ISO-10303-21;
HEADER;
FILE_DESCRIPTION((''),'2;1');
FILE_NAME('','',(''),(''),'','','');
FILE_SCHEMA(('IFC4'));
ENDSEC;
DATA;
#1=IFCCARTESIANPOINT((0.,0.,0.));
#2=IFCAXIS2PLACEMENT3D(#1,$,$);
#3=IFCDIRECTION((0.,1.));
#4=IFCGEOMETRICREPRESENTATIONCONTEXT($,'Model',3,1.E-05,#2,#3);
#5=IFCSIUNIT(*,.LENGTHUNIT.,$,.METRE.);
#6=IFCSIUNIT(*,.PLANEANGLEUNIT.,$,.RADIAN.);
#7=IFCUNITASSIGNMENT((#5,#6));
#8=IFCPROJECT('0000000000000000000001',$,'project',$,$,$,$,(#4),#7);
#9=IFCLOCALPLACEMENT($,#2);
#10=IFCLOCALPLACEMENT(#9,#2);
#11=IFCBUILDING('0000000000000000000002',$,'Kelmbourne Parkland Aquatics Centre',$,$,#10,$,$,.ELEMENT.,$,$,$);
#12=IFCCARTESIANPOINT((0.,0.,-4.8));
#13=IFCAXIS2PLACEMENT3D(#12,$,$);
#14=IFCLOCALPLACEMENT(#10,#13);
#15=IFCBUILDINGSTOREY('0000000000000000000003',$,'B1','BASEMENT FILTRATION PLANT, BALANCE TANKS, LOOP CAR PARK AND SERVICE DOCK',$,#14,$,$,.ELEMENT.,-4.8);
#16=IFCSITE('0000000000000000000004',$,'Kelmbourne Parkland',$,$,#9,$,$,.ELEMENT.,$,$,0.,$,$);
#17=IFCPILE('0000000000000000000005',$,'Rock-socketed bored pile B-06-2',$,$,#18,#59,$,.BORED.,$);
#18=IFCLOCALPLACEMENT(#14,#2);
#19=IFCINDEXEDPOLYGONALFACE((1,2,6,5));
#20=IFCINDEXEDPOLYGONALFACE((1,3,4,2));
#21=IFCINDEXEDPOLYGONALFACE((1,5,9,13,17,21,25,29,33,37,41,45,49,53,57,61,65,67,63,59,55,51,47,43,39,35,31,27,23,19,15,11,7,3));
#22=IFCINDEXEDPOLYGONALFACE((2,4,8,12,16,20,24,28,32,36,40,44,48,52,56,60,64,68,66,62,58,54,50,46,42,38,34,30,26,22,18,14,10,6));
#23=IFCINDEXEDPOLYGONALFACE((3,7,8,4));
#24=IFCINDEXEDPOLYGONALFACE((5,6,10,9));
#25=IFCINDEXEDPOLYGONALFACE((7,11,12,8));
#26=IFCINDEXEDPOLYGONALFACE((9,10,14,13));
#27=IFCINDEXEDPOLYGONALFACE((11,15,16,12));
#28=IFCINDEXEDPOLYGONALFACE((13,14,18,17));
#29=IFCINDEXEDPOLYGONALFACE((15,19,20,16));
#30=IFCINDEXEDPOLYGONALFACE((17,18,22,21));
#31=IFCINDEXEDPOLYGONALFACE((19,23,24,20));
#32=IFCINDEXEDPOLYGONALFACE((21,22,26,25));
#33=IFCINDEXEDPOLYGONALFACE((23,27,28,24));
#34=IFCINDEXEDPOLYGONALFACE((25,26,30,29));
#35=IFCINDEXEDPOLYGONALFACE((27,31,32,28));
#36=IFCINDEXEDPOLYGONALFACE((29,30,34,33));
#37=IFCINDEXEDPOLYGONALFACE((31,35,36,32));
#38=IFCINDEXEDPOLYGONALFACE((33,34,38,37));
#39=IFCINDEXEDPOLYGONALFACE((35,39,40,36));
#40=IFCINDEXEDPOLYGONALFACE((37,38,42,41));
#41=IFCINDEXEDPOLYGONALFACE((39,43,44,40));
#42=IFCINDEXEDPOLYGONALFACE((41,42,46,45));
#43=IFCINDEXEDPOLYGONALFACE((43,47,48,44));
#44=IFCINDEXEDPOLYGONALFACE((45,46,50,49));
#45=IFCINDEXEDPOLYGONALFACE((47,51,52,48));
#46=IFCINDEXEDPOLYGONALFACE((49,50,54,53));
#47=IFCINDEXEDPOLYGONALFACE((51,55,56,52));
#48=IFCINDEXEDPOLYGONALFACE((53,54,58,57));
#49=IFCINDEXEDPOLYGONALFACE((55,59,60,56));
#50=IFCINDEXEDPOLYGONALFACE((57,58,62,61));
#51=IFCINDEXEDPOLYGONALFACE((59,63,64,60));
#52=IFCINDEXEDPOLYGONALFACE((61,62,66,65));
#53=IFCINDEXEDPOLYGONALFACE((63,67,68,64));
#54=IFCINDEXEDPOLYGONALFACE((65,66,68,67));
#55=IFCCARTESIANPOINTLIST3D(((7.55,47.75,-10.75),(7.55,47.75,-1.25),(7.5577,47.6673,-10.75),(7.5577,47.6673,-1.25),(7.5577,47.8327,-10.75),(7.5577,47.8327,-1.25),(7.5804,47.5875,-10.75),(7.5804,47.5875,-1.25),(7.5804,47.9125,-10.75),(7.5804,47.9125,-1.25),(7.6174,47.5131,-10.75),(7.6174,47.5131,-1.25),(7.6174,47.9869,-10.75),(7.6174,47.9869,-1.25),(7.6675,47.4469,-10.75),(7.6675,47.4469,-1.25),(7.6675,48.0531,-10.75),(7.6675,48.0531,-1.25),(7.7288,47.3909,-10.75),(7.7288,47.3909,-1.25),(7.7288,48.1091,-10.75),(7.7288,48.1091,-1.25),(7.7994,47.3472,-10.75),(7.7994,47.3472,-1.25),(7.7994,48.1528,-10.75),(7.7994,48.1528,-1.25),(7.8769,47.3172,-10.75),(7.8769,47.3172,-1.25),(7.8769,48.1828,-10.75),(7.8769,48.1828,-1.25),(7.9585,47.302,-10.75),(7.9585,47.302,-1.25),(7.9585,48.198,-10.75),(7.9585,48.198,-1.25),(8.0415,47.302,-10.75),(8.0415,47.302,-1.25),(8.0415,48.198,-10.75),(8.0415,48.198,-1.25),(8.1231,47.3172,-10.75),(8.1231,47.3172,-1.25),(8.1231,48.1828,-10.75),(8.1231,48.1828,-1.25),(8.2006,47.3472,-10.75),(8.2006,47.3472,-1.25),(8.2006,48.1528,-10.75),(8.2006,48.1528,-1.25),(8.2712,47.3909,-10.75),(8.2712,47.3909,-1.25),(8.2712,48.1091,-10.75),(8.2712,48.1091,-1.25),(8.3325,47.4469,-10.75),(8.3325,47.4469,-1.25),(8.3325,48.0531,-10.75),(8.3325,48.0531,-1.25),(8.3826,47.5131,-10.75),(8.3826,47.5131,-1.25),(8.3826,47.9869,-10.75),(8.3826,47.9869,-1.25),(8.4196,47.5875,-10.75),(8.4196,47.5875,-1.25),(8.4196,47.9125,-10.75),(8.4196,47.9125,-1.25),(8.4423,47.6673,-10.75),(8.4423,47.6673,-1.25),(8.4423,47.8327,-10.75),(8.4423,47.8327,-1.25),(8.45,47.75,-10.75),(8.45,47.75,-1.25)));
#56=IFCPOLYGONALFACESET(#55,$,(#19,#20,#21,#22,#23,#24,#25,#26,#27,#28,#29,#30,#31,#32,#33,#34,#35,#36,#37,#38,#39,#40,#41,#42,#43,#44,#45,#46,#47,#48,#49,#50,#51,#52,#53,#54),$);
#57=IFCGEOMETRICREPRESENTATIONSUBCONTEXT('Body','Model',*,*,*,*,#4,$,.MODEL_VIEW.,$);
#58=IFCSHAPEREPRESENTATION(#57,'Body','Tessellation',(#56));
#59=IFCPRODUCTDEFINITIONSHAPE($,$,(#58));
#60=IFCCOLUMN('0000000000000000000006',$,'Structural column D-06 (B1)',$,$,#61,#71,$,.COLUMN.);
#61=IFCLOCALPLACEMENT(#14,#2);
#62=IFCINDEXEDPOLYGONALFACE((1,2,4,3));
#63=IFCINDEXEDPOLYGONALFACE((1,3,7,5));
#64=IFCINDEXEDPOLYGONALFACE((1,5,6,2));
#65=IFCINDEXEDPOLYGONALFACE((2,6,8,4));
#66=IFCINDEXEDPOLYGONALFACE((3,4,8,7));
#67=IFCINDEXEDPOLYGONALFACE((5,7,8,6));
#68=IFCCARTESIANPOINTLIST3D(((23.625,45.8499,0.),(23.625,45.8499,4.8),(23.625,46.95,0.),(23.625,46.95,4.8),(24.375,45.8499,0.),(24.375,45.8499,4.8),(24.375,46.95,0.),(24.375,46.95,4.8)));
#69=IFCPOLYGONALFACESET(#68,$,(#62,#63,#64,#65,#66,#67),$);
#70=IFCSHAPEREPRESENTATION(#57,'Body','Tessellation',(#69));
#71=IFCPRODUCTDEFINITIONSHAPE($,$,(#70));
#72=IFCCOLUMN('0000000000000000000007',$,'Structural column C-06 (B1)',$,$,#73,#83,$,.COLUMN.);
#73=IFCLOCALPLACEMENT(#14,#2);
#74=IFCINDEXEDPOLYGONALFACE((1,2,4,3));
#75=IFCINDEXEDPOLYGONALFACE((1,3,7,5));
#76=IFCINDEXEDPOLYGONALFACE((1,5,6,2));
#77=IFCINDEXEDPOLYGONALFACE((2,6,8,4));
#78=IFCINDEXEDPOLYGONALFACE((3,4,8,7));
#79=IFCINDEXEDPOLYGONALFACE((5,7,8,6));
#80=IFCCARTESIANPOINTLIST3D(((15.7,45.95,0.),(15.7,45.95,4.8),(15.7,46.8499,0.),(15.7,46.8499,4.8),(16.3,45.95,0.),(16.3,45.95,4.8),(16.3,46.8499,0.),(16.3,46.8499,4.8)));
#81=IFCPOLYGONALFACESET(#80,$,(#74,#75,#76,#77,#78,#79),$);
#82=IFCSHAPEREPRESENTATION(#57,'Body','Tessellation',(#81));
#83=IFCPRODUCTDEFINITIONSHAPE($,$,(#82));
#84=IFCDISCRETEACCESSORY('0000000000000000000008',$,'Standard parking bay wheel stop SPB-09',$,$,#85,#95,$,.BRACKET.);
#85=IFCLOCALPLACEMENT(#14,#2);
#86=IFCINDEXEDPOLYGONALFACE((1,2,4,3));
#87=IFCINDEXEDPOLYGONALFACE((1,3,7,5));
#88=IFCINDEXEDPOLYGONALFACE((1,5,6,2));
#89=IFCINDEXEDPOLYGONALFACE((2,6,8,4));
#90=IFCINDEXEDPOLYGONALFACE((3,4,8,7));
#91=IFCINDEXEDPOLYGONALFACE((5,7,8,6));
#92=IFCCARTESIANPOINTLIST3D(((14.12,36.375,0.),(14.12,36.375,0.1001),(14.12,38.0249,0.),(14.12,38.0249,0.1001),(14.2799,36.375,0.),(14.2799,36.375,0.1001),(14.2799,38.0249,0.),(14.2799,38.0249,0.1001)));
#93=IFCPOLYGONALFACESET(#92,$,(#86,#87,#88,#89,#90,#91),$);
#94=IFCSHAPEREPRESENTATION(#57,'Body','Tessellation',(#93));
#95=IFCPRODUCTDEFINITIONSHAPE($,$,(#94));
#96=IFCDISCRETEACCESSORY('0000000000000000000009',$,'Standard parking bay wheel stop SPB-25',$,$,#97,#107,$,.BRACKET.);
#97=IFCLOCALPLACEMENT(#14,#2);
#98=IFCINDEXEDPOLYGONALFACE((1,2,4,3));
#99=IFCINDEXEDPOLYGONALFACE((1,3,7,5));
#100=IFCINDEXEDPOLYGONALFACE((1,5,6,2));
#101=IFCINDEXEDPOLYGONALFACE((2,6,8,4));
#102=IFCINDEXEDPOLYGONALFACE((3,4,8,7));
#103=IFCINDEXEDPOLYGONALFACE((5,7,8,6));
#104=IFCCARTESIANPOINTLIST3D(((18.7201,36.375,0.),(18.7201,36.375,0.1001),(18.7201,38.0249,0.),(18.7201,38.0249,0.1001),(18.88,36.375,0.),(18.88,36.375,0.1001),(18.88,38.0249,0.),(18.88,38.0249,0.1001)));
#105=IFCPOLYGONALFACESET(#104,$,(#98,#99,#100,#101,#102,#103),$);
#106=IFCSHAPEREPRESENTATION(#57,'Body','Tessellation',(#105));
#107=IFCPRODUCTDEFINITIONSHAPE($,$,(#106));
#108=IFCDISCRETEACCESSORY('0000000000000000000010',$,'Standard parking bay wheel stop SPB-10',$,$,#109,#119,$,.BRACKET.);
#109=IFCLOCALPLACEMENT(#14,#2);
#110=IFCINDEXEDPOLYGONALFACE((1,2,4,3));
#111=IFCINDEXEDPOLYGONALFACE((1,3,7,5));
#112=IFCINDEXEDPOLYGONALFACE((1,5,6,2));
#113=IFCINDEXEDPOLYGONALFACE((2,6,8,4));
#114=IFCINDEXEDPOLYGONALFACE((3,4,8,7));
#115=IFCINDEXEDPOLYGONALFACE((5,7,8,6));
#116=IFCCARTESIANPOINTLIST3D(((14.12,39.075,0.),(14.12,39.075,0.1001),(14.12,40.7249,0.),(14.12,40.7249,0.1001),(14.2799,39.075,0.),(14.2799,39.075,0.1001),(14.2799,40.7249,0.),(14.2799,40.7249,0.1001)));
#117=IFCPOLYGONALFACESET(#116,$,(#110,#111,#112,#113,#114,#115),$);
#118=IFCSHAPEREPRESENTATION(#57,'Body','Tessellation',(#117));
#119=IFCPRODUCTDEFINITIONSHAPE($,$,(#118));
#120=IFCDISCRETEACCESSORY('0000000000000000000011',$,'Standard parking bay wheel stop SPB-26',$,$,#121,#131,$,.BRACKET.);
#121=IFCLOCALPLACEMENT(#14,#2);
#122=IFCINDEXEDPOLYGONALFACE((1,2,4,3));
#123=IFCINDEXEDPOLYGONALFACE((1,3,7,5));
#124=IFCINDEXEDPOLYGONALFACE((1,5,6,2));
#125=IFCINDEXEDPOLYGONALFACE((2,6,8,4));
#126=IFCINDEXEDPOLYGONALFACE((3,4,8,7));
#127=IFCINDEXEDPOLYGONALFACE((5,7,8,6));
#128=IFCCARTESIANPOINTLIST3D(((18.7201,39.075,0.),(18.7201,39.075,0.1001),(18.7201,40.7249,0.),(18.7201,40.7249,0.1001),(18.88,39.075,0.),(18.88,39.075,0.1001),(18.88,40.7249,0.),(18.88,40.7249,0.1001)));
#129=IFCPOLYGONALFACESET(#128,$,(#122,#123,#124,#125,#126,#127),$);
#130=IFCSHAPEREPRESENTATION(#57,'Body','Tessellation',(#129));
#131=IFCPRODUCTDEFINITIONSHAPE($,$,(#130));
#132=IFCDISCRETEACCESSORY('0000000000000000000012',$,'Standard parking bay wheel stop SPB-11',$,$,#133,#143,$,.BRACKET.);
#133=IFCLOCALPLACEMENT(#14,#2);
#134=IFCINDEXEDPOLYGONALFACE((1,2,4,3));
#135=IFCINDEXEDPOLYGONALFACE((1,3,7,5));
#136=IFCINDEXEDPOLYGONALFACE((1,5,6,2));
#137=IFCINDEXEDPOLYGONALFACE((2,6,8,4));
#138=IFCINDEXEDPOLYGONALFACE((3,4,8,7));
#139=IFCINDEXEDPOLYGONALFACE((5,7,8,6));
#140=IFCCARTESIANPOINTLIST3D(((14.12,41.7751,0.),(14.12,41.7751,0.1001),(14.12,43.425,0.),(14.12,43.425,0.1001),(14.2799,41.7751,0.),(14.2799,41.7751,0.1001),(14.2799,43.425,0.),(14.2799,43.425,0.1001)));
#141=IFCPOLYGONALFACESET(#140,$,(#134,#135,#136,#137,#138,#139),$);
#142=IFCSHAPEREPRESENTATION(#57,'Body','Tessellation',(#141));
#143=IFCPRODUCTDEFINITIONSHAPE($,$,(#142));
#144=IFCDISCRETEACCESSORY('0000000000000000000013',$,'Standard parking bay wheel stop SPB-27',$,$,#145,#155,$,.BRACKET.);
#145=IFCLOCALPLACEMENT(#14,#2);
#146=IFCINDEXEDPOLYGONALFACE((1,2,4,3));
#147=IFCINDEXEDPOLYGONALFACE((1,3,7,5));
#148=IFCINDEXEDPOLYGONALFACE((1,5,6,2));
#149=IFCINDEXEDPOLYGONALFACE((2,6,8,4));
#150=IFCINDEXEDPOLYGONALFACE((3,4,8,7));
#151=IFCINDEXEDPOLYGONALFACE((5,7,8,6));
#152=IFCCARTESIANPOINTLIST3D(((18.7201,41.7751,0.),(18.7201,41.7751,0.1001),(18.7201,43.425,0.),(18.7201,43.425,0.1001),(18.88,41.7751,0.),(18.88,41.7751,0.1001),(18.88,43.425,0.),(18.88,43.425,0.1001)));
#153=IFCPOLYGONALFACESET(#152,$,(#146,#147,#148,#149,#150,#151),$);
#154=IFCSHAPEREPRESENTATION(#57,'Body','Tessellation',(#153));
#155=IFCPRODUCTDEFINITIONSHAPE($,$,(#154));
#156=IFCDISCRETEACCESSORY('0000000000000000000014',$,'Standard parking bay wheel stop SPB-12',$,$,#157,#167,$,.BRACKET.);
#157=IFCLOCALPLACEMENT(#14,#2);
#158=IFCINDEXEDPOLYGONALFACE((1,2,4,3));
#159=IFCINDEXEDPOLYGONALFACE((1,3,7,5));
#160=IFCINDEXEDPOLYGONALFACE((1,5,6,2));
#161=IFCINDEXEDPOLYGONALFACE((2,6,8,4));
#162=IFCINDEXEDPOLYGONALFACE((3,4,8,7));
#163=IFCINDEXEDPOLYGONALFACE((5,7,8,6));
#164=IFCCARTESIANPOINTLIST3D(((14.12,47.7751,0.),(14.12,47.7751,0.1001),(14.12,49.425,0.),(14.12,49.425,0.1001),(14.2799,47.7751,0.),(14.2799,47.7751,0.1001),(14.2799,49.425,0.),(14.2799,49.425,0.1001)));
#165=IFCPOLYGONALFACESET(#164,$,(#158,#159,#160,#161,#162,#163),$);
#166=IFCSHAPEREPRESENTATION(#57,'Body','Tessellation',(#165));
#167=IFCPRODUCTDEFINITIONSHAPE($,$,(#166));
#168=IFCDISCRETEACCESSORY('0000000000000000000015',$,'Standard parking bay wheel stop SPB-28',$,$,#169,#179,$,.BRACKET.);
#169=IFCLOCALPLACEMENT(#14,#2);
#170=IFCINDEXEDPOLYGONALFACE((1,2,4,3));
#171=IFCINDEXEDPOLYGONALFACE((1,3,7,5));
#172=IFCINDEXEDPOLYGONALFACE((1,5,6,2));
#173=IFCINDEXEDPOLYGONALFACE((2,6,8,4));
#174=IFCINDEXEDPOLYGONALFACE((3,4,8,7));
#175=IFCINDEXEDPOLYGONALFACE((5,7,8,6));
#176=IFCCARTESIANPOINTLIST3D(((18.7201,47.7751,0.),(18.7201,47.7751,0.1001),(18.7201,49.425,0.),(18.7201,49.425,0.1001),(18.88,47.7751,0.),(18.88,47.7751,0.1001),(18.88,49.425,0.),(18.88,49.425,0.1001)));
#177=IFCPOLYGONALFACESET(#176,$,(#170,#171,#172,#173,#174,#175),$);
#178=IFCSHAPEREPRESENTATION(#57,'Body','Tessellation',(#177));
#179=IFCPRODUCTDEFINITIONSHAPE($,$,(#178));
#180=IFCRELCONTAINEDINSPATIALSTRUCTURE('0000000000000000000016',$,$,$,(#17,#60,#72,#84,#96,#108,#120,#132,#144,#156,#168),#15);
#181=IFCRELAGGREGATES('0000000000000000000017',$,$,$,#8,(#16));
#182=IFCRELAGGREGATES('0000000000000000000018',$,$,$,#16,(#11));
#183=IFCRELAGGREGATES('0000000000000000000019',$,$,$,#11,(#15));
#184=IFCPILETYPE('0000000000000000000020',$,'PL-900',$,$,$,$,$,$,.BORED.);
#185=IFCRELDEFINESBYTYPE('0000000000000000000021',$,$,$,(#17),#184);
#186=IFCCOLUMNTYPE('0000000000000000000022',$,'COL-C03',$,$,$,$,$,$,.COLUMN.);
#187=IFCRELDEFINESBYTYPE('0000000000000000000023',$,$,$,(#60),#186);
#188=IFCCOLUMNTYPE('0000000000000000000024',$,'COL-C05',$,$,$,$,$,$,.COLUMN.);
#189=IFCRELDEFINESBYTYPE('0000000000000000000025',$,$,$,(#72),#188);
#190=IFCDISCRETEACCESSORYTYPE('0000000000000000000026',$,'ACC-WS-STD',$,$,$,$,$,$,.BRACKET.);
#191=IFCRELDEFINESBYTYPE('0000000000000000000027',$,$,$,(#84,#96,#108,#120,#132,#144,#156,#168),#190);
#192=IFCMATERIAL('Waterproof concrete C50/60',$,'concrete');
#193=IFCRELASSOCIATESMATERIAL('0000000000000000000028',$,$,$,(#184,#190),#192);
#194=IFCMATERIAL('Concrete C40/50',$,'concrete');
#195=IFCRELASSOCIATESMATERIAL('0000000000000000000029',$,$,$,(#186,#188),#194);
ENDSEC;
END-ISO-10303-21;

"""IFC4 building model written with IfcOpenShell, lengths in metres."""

from ifc_helpers import new_model, si_unit, direction, frame, origin, origin_2d, place, context, subcontext, project, spatial, rectangle, circle, extrude, material, material_profile, profile_set, type_object, element, save


model = new_model("IFC4")

# Units and contexts
model_context = context("Model", 3, precision=1e-05, world=origin(), true_north=direction((0.0, 1.0)))
body_context = subcontext(model_context, "Body", "Model", "MODEL_VIEW")
ifc_project = project(units=[si_unit("LENGTHUNIT", "METRE"), si_unit("PLANEANGLEUNIT", "RADIAN")], contexts=[model_context])

# Site, building, storey
site_placement = place(None, origin())
site = spatial("IfcSite", under=ifc_project, at=site_placement, Name="Kelmbourne Parkland", CompositionType="ELEMENT", RefElevation=0.0)
building_placement = place(site_placement, origin())
building = spatial("IfcBuilding", under=site, at=building_placement, Name="Kelmbourne Parkland Aquatics Centre", CompositionType="ELEMENT")
storey_placement = place(building_placement, frame((0.0, 0.0, -4.8)))
storey = spatial("IfcBuildingStorey", under=building, at=storey_placement, Name="B1", Description="BASEMENT FILTRATION PLANT, BALANCE TANKS, LOOP CAR PARK AND SERVICE DOCK", CompositionType="ELEMENT", Elevation=-4.8)

# Shared definitions
ifc_material_1 = material(Name="Waterproof concrete C50/60", Category="concrete")

# Pile
ifc_material_profile_1 = material_profile(ifc_material_1, circle(Radius=0.45, at=origin_2d()), Name="PILE D900")
ifc_profile_set_1 = profile_set([ifc_material_profile_1], Name="Waterproof concrete C50/60")
pile_type_1 = type_object("IfcPileType", Name="PL-900", PredefinedType="BORED", material=ifc_profile_set_1)
pile_placement = place(storey_placement, frame((8.0, 47.75, -1.25), z_axis=(0.0, 0.0, -1.0), x_axis=(1.0, 0.0, 0.0)))
element("IfcPile", 1, at=pile_placement, inside=storey, type_object=pile_type_1, Name="Rock-socketed bored pile B-06-2", PredefinedType="BORED", context=body_context, shape_type="SweptSolid", body=[
    extrude(circle(Radius=0.45, at=origin_2d()), origin(), (0.0, 0.0, 1.0), 9.5),
])

# Columns
ifc_material_2 = material(Name="Concrete C40/50", Category="concrete")
ifc_material_profile_2 = material_profile(ifc_material_2, rectangle(XDim=0.75, YDim=1.1001, at=origin_2d()), Name="RC 750x1100")
ifc_profile_set_2 = profile_set([ifc_material_profile_2], Name="Concrete C40/50")
column_type_1 = type_object("IfcColumnType", Name="COL-C03", PredefinedType="COLUMN", material=ifc_profile_set_2)
column_1_placement = place(storey_placement, frame((24.0, 46.3999, 0.0), z_axis=(0.0, 0.0, 1.0), x_axis=(1.0, 0.0, 0.0)))
element("IfcColumn", 2, at=column_1_placement, inside=storey, type_object=column_type_1, Name="Structural column D-06 (B1)", PredefinedType="COLUMN", context=body_context, shape_type="SweptSolid", body=[
    extrude(rectangle(XDim=0.75, YDim=1.1001, at=origin_2d()), origin(), (0.0, 0.0, 1.0), 4.8),
])
ifc_material_profile_3 = material_profile(ifc_material_2, rectangle(XDim=0.6001, YDim=0.8999, at=origin_2d()), Name="RC 600x900")
ifc_profile_set_3 = profile_set([ifc_material_profile_3], Name="Concrete C40/50")
column_type_2 = type_object("IfcColumnType", Name="COL-C05", PredefinedType="COLUMN", material=ifc_profile_set_3)
column_2_placement = place(storey_placement, frame((16.0, 46.3999, 0.0), z_axis=(0.0, 0.0, 1.0), x_axis=(1.0, 0.0, 0.0)))
element("IfcColumn", 3, at=column_2_placement, inside=storey, type_object=column_type_2, Name="Structural column C-06 (B1)", PredefinedType="COLUMN", context=body_context, shape_type="SweptSolid", body=[
    extrude(rectangle(XDim=0.6001, YDim=0.8999, at=origin_2d()), origin(), (0.0, 0.0, 1.0), 4.8),
])

# Discrete accessories
discrete_accessory_type = type_object("IfcDiscreteAccessoryType", Name="ACC-WS-STD", PredefinedType="BRACKET", material=ifc_material_1)
for number, where, z_axis, x_axis, name in (
    (4, (14.2, 37.2, 0.0), (0.0, 0.0, 1.0), (1.0, 0.0, 0.0), "Standard parking bay wheel stop SPB-09"),
    (5, (18.8, 37.2, 0.0), (0.0, 0.0, 1.0), (1.0, 0.0, 0.0), "Standard parking bay wheel stop SPB-25"),
    (6, (14.2, 39.8999, 0.0), (0.0, 0.0, 1.0), (1.0, 0.0, 0.0), "Standard parking bay wheel stop SPB-10"),
    (7, (18.8, 39.8999, 0.0), (0.0, 0.0, 1.0), (1.0, 0.0, 0.0), "Standard parking bay wheel stop SPB-26"),
    (8, (14.2, 42.6001, 0.0), (0.0, 0.0, 1.0), (1.0, 0.0, 0.0), "Standard parking bay wheel stop SPB-11"),
    (9, (18.8, 42.6001, 0.0), (0.0, 0.0, 1.0), (1.0, 0.0, 0.0), "Standard parking bay wheel stop SPB-27"),
    (10, (14.2, 48.6001, 0.0), (0.0, 0.0, 1.0), (1.0, 0.0, 0.0), "Standard parking bay wheel stop SPB-12"),
    (11, (18.8, 48.6001, 0.0), (0.0, 0.0, 1.0), (1.0, 0.0, 0.0), "Standard parking bay wheel stop SPB-28"),
):
    element("IfcDiscreteAccessory", number, at=place(storey_placement, frame(where, z_axis=z_axis, x_axis=x_axis)), inside=storey, type_object=discrete_accessory_type, Name=name, PredefinedType="BRACKET", context=body_context, shape_type="SweptSolid", body=[
        extrude(rectangle(XDim=0.1599, YDim=1.6499, at=origin_2d()), origin(), (0.0, 0.0, 1.0), 0.1001),
    ])

save(model, "model.ifc")
